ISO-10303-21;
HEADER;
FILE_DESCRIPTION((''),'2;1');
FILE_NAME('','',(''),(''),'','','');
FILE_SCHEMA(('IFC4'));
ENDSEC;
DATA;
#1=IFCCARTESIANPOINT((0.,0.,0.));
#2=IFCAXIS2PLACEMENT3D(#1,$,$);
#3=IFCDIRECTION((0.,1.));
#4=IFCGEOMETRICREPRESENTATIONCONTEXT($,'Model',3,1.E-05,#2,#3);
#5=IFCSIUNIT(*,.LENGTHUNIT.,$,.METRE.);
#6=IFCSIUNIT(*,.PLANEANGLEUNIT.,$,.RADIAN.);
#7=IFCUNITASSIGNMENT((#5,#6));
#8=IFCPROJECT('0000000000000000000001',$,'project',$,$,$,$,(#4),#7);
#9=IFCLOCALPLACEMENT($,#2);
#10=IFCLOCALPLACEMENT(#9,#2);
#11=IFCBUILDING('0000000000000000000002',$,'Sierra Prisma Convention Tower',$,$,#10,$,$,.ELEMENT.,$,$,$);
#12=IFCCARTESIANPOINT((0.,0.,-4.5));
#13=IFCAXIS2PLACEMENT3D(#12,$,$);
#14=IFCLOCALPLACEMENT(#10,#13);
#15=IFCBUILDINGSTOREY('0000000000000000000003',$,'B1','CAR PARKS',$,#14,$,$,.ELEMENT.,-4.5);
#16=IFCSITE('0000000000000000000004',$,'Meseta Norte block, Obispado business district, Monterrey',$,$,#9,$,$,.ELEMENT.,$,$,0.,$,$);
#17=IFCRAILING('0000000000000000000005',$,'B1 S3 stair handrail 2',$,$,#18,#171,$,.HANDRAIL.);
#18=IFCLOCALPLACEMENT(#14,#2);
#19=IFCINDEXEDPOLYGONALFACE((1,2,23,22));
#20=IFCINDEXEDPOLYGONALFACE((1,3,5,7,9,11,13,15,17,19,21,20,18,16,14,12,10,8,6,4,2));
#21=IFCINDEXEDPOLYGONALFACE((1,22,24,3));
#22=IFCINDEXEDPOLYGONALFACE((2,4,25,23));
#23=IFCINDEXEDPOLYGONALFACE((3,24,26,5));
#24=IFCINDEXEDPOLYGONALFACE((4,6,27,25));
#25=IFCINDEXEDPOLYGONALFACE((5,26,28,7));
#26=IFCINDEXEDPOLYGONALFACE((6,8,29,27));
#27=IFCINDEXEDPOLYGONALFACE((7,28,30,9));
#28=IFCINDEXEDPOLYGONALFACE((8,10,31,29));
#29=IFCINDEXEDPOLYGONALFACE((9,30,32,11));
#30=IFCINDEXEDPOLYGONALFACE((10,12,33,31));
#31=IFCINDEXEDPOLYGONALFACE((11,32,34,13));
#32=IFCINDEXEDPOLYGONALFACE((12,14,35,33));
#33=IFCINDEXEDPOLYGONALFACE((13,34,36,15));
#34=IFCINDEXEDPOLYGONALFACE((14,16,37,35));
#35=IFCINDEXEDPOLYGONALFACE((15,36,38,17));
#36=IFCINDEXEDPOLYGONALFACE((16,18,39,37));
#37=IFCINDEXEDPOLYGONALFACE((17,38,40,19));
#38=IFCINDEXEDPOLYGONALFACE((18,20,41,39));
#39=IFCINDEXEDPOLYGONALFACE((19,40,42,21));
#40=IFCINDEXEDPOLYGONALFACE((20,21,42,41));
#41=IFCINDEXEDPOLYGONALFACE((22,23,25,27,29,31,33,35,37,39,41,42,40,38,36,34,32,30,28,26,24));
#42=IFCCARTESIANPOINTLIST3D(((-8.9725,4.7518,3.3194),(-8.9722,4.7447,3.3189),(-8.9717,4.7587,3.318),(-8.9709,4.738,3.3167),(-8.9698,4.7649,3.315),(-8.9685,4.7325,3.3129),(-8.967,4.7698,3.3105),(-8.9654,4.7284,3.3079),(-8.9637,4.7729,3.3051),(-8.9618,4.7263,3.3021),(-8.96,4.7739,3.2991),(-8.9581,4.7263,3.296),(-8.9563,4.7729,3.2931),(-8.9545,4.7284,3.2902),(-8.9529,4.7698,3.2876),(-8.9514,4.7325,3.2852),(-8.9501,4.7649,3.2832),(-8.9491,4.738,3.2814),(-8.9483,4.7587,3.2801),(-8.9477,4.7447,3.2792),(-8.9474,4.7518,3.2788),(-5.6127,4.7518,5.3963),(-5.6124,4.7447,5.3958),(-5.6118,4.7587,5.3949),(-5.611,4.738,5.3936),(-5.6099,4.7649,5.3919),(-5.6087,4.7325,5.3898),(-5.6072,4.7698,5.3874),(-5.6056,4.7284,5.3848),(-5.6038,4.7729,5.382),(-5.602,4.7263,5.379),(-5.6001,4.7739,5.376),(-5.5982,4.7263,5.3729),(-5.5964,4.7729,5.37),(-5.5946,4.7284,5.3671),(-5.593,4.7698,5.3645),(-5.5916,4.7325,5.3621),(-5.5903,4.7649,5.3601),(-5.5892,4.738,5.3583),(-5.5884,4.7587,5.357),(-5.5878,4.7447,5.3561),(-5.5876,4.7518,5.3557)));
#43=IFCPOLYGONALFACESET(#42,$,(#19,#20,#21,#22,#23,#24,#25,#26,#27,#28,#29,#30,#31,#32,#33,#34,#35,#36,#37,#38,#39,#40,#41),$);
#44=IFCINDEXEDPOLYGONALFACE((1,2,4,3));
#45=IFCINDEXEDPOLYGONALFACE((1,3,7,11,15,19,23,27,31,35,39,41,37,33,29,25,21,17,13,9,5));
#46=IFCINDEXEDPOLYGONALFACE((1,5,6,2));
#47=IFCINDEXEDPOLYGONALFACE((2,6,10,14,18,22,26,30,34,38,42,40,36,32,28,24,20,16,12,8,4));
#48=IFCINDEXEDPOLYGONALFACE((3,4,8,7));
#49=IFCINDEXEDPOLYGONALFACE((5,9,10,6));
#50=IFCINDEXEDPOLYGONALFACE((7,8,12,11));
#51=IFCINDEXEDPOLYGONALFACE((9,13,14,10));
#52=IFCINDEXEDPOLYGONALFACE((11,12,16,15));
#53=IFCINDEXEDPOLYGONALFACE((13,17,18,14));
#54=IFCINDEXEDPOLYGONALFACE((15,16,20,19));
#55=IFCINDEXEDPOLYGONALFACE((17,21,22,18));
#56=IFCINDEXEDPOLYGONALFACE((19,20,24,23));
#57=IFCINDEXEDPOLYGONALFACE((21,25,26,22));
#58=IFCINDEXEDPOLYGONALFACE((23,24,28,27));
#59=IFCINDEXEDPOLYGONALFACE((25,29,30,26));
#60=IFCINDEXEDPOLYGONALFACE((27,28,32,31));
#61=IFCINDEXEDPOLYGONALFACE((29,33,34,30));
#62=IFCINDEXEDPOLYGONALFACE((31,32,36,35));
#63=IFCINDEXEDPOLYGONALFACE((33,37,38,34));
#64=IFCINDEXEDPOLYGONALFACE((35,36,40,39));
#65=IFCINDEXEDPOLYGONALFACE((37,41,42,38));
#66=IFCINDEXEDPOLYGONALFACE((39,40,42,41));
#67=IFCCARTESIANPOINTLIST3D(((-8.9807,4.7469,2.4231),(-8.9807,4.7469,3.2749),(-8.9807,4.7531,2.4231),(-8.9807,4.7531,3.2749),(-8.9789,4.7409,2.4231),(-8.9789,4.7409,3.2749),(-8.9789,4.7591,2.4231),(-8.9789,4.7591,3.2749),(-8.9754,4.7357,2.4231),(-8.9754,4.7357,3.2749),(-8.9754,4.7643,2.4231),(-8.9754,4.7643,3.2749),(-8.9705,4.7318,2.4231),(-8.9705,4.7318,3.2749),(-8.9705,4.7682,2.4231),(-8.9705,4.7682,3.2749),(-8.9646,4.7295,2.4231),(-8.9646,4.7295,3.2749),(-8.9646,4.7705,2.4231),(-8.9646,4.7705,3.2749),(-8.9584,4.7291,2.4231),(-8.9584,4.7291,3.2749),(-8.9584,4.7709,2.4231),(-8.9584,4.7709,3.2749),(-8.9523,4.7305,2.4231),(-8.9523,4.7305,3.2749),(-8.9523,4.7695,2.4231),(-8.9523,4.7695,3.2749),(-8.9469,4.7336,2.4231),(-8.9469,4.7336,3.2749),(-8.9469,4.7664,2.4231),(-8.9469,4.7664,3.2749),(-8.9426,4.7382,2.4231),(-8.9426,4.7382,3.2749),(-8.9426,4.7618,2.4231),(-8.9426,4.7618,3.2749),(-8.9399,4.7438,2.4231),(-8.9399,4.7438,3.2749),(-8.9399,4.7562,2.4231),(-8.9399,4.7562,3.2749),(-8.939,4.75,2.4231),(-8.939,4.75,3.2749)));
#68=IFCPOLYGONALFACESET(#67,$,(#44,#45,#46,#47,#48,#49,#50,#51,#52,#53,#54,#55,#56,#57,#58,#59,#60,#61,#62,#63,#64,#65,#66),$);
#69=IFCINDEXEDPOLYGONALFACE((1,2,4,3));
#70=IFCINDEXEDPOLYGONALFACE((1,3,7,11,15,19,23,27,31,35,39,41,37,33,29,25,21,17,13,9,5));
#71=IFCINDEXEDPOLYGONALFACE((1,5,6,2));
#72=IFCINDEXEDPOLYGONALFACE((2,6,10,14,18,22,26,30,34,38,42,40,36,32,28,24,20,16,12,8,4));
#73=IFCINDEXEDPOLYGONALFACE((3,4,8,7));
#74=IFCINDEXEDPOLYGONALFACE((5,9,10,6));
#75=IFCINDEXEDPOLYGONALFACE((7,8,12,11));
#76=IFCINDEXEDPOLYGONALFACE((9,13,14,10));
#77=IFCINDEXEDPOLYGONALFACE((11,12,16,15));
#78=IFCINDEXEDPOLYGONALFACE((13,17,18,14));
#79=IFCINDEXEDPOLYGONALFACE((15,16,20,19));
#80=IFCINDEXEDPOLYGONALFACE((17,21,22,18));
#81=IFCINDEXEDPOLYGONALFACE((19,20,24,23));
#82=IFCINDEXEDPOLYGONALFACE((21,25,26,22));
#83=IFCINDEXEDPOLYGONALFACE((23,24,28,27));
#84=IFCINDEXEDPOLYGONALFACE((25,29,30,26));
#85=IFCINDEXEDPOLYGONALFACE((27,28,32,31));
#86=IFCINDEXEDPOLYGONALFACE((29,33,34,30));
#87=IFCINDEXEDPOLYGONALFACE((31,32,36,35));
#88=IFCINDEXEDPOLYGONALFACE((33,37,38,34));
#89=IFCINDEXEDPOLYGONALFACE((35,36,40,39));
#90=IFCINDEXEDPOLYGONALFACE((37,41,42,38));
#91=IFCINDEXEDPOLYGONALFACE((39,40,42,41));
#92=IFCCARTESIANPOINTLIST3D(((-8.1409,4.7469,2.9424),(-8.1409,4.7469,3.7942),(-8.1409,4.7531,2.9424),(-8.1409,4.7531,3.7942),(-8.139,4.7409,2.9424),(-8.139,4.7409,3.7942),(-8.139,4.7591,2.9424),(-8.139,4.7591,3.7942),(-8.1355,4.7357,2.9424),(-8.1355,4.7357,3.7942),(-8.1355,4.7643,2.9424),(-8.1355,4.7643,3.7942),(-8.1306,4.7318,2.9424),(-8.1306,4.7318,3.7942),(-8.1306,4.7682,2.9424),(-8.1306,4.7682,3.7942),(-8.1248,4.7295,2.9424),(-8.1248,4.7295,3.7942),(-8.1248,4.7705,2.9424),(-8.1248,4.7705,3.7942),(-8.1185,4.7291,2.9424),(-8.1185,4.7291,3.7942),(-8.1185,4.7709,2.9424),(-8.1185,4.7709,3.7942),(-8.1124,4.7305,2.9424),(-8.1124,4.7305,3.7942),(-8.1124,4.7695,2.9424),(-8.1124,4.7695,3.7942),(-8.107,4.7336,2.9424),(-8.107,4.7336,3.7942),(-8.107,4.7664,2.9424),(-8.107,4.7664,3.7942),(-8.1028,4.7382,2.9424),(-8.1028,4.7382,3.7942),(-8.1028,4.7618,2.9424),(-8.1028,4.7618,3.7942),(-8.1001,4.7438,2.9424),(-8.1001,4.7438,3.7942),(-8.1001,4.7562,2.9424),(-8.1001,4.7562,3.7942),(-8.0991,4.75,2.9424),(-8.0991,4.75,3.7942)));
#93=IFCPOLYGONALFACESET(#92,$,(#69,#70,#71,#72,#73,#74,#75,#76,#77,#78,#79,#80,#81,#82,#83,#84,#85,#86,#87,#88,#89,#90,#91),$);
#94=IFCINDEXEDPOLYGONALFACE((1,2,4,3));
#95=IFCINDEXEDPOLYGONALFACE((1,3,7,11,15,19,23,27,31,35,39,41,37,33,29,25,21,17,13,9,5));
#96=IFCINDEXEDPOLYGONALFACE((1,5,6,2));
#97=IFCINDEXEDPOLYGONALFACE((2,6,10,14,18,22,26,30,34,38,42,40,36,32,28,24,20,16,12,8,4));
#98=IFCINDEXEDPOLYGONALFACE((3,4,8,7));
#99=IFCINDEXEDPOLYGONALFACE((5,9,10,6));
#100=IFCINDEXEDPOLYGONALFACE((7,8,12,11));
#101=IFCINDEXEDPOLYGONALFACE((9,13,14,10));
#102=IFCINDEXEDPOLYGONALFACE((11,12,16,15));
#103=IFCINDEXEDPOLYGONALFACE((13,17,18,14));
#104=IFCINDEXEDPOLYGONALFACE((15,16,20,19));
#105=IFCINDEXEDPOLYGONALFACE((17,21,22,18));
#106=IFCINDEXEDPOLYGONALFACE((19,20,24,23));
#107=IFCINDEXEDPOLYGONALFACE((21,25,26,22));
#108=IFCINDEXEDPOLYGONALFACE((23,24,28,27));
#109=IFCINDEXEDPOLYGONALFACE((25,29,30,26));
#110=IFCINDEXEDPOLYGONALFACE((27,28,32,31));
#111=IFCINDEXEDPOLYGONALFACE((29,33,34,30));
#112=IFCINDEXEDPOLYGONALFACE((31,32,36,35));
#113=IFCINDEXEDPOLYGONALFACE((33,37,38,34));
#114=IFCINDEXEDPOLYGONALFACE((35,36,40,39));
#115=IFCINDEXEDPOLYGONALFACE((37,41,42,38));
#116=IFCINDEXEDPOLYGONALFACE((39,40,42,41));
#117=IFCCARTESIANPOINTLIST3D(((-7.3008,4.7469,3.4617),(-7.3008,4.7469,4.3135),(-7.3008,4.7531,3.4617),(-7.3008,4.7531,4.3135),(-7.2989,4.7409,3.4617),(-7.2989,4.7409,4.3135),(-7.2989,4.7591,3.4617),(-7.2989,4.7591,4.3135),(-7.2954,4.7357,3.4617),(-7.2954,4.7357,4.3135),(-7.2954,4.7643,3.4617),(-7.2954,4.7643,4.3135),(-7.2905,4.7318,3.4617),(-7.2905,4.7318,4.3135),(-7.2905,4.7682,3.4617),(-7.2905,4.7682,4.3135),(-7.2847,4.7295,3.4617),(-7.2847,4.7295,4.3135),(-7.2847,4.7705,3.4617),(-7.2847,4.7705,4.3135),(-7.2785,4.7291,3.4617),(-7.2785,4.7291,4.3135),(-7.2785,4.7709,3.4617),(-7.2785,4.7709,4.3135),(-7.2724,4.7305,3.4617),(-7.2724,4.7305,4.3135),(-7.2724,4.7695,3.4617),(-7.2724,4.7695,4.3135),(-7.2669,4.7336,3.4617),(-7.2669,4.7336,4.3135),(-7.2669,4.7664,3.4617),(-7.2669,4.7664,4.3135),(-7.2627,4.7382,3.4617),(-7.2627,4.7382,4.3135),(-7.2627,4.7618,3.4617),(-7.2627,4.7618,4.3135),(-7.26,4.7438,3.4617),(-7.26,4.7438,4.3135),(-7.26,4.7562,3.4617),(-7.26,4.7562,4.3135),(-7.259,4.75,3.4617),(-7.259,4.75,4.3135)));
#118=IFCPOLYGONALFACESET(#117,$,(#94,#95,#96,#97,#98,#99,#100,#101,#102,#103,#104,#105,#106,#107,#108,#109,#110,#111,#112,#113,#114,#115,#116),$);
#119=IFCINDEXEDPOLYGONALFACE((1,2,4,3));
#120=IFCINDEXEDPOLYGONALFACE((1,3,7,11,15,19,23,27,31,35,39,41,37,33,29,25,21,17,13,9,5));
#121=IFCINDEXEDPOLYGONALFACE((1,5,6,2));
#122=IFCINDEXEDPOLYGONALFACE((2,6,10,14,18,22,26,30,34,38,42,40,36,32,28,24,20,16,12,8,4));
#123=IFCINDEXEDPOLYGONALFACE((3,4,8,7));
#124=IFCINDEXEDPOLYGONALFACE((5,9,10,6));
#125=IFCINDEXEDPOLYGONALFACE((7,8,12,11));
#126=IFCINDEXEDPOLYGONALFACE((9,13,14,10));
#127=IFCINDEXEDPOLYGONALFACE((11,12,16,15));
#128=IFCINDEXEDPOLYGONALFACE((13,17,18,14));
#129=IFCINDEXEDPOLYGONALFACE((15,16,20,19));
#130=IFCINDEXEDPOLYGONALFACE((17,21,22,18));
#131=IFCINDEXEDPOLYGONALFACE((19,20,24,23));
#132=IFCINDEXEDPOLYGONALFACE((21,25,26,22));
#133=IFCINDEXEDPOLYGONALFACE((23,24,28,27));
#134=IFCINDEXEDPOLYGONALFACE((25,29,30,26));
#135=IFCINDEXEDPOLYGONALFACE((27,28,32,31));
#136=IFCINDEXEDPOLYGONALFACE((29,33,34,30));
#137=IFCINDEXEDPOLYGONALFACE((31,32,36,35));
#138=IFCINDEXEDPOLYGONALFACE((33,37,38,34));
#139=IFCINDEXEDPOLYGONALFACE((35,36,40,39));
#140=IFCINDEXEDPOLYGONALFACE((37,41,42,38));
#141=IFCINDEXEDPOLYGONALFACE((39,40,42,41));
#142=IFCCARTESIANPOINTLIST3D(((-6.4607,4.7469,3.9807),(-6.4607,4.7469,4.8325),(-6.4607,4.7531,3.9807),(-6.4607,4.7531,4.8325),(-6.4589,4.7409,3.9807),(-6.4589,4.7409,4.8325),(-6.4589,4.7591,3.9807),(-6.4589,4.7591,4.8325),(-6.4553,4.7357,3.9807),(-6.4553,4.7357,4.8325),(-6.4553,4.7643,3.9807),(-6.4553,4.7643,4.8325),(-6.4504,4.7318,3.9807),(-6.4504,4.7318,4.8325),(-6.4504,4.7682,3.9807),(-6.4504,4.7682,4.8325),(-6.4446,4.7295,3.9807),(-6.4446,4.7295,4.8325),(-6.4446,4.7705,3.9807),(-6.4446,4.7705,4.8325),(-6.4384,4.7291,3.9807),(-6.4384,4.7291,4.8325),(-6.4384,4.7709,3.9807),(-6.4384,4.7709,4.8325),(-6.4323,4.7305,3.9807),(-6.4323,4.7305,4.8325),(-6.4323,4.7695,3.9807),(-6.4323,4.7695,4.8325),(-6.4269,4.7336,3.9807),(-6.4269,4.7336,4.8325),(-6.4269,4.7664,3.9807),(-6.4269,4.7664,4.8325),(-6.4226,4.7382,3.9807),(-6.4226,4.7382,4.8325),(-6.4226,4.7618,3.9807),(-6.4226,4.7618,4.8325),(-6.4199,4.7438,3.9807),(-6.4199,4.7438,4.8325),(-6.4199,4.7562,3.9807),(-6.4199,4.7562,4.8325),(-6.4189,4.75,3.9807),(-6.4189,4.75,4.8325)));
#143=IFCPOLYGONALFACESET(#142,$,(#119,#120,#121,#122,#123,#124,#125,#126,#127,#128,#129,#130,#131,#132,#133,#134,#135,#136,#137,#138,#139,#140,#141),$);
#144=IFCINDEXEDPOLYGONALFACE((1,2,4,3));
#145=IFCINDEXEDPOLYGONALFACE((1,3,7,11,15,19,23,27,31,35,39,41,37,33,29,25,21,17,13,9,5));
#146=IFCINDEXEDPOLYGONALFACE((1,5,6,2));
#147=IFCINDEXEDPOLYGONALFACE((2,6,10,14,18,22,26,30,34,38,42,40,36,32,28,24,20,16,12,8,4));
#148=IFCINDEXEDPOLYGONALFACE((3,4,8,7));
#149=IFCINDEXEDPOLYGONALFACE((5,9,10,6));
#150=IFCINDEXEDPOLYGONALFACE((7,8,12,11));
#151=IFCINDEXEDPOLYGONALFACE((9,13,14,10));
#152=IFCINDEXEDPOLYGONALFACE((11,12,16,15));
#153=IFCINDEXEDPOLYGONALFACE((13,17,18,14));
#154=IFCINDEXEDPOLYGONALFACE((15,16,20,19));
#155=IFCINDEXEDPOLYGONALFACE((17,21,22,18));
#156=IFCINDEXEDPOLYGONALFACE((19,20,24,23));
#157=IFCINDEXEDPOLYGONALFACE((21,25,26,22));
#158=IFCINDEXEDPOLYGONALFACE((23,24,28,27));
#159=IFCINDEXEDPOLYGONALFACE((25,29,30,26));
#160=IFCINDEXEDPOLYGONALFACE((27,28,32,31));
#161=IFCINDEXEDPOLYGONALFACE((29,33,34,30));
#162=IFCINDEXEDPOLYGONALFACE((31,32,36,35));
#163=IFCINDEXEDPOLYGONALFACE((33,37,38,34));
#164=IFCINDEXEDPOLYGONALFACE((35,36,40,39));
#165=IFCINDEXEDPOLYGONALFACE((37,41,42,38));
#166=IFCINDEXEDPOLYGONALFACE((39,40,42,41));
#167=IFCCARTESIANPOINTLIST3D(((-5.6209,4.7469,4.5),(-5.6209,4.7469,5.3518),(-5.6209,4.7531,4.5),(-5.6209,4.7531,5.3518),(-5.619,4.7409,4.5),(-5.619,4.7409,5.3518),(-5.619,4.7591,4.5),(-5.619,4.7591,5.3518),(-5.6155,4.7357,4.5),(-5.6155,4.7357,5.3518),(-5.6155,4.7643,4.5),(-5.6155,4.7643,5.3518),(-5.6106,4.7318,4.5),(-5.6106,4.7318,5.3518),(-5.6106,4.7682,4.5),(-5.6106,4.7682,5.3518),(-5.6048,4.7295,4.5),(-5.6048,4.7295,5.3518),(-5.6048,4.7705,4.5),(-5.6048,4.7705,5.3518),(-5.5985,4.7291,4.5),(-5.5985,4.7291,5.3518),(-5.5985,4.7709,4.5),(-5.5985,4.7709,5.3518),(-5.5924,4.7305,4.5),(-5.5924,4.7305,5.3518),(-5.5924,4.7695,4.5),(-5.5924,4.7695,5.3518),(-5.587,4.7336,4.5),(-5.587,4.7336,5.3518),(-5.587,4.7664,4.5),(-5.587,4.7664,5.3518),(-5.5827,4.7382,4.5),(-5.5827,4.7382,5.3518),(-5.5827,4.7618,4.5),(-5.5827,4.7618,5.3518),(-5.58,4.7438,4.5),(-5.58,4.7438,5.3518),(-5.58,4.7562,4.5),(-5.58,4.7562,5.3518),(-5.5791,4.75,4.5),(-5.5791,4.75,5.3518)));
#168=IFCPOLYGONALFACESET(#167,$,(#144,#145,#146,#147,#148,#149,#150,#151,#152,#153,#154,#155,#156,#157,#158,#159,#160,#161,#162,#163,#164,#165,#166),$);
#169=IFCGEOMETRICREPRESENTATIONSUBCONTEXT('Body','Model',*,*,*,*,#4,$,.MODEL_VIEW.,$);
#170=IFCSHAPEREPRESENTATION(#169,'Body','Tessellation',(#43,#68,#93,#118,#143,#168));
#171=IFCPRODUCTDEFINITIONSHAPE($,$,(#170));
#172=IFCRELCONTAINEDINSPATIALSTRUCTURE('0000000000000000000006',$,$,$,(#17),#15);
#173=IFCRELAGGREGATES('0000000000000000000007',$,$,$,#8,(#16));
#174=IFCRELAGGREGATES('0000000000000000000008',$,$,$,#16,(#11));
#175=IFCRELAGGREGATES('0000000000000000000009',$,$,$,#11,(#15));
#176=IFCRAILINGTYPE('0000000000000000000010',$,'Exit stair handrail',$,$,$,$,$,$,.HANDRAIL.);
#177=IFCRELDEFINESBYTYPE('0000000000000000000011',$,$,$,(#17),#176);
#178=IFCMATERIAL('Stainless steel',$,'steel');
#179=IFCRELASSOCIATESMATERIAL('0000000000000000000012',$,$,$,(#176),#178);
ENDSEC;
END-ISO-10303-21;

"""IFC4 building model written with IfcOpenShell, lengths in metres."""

from ifc_helpers import new_model, si_unit, direction, frame, origin, origin_2d, place, context, subcontext, project, spatial, circle, extrude, material, type_object, element, save


model = new_model("IFC4")

# Units and contexts
model_context = context("Model", 3, precision=1e-05, world=origin(), true_north=direction((0.0, 1.0)))
body_context = subcontext(model_context, "Body", "Model", "MODEL_VIEW")
ifc_project = project(units=[si_unit("LENGTHUNIT", "METRE"), si_unit("PLANEANGLEUNIT", "RADIAN")], contexts=[model_context])

# Site, building, storey
site_placement = place(None, origin())
site = spatial("IfcSite", under=ifc_project, at=site_placement, Name="Meseta Norte block, Obispado business district, Monterrey", CompositionType="ELEMENT", RefElevation=0.0)
building_placement = place(site_placement, origin())
building = spatial("IfcBuilding", under=site, at=building_placement, Name="Sierra Prisma Convention Tower", CompositionType="ELEMENT")
storey_placement = place(building_placement, frame((0.0, 0.0, -4.5)))
storey = spatial("IfcBuildingStorey", under=building, at=storey_placement, Name="B1", Description="CAR PARKS", CompositionType="ELEMENT", Elevation=-4.5)

# Railing
ifc_material_1 = material(Name="Stainless steel", Category="steel")
railing_type_1 = type_object("IfcRailingType", Name="Exit stair handrail", PredefinedType="HANDRAIL", material=ifc_material_1)
railing_1_placement = place(storey_placement, frame((-8.96, 4.75, 2.4231)))
element("IfcRailing", 1, at=railing_1_placement, inside=storey, type_object=railing_type_1, Name="B1 S3 stair handrail 2", PredefinedType="HANDRAIL", context=body_context, shape_type="SweptSolid", body=[
    extrude(circle(Radius=0.0239, at=origin_2d()), frame((0.0, 0.0, 0.876), z_axis=(0.850606, 0.0, 0.525803), x_axis=(0.0, 1.0, 0.0)), (0.0, 0.0, 1.0), 3.95),
    extrude(circle(Radius=0.021, at=origin_2d()), origin(), (0.0, 0.0, 1.0), 0.8518),
    extrude(circle(Radius=0.021, at=origin_2d()), frame((0.8398, 0.0, 0.5193)), (0.0, 0.0, 1.0), 0.8518),
    extrude(circle(Radius=0.021, at=origin_2d()), frame((1.6799, 0.0, 1.0386)), (0.0, 0.0, 1.0), 0.8518),
    extrude(circle(Radius=0.021, at=origin_2d()), frame((2.52, 0.0, 1.5576)), (0.0, 0.0, 1.0), 0.8518),
    extrude(circle(Radius=0.021, at=origin_2d()), frame((3.3599, 0.0, 2.0769)), (0.0, 0.0, 1.0), 0.8518),
])

save(model, "model.ifc")
